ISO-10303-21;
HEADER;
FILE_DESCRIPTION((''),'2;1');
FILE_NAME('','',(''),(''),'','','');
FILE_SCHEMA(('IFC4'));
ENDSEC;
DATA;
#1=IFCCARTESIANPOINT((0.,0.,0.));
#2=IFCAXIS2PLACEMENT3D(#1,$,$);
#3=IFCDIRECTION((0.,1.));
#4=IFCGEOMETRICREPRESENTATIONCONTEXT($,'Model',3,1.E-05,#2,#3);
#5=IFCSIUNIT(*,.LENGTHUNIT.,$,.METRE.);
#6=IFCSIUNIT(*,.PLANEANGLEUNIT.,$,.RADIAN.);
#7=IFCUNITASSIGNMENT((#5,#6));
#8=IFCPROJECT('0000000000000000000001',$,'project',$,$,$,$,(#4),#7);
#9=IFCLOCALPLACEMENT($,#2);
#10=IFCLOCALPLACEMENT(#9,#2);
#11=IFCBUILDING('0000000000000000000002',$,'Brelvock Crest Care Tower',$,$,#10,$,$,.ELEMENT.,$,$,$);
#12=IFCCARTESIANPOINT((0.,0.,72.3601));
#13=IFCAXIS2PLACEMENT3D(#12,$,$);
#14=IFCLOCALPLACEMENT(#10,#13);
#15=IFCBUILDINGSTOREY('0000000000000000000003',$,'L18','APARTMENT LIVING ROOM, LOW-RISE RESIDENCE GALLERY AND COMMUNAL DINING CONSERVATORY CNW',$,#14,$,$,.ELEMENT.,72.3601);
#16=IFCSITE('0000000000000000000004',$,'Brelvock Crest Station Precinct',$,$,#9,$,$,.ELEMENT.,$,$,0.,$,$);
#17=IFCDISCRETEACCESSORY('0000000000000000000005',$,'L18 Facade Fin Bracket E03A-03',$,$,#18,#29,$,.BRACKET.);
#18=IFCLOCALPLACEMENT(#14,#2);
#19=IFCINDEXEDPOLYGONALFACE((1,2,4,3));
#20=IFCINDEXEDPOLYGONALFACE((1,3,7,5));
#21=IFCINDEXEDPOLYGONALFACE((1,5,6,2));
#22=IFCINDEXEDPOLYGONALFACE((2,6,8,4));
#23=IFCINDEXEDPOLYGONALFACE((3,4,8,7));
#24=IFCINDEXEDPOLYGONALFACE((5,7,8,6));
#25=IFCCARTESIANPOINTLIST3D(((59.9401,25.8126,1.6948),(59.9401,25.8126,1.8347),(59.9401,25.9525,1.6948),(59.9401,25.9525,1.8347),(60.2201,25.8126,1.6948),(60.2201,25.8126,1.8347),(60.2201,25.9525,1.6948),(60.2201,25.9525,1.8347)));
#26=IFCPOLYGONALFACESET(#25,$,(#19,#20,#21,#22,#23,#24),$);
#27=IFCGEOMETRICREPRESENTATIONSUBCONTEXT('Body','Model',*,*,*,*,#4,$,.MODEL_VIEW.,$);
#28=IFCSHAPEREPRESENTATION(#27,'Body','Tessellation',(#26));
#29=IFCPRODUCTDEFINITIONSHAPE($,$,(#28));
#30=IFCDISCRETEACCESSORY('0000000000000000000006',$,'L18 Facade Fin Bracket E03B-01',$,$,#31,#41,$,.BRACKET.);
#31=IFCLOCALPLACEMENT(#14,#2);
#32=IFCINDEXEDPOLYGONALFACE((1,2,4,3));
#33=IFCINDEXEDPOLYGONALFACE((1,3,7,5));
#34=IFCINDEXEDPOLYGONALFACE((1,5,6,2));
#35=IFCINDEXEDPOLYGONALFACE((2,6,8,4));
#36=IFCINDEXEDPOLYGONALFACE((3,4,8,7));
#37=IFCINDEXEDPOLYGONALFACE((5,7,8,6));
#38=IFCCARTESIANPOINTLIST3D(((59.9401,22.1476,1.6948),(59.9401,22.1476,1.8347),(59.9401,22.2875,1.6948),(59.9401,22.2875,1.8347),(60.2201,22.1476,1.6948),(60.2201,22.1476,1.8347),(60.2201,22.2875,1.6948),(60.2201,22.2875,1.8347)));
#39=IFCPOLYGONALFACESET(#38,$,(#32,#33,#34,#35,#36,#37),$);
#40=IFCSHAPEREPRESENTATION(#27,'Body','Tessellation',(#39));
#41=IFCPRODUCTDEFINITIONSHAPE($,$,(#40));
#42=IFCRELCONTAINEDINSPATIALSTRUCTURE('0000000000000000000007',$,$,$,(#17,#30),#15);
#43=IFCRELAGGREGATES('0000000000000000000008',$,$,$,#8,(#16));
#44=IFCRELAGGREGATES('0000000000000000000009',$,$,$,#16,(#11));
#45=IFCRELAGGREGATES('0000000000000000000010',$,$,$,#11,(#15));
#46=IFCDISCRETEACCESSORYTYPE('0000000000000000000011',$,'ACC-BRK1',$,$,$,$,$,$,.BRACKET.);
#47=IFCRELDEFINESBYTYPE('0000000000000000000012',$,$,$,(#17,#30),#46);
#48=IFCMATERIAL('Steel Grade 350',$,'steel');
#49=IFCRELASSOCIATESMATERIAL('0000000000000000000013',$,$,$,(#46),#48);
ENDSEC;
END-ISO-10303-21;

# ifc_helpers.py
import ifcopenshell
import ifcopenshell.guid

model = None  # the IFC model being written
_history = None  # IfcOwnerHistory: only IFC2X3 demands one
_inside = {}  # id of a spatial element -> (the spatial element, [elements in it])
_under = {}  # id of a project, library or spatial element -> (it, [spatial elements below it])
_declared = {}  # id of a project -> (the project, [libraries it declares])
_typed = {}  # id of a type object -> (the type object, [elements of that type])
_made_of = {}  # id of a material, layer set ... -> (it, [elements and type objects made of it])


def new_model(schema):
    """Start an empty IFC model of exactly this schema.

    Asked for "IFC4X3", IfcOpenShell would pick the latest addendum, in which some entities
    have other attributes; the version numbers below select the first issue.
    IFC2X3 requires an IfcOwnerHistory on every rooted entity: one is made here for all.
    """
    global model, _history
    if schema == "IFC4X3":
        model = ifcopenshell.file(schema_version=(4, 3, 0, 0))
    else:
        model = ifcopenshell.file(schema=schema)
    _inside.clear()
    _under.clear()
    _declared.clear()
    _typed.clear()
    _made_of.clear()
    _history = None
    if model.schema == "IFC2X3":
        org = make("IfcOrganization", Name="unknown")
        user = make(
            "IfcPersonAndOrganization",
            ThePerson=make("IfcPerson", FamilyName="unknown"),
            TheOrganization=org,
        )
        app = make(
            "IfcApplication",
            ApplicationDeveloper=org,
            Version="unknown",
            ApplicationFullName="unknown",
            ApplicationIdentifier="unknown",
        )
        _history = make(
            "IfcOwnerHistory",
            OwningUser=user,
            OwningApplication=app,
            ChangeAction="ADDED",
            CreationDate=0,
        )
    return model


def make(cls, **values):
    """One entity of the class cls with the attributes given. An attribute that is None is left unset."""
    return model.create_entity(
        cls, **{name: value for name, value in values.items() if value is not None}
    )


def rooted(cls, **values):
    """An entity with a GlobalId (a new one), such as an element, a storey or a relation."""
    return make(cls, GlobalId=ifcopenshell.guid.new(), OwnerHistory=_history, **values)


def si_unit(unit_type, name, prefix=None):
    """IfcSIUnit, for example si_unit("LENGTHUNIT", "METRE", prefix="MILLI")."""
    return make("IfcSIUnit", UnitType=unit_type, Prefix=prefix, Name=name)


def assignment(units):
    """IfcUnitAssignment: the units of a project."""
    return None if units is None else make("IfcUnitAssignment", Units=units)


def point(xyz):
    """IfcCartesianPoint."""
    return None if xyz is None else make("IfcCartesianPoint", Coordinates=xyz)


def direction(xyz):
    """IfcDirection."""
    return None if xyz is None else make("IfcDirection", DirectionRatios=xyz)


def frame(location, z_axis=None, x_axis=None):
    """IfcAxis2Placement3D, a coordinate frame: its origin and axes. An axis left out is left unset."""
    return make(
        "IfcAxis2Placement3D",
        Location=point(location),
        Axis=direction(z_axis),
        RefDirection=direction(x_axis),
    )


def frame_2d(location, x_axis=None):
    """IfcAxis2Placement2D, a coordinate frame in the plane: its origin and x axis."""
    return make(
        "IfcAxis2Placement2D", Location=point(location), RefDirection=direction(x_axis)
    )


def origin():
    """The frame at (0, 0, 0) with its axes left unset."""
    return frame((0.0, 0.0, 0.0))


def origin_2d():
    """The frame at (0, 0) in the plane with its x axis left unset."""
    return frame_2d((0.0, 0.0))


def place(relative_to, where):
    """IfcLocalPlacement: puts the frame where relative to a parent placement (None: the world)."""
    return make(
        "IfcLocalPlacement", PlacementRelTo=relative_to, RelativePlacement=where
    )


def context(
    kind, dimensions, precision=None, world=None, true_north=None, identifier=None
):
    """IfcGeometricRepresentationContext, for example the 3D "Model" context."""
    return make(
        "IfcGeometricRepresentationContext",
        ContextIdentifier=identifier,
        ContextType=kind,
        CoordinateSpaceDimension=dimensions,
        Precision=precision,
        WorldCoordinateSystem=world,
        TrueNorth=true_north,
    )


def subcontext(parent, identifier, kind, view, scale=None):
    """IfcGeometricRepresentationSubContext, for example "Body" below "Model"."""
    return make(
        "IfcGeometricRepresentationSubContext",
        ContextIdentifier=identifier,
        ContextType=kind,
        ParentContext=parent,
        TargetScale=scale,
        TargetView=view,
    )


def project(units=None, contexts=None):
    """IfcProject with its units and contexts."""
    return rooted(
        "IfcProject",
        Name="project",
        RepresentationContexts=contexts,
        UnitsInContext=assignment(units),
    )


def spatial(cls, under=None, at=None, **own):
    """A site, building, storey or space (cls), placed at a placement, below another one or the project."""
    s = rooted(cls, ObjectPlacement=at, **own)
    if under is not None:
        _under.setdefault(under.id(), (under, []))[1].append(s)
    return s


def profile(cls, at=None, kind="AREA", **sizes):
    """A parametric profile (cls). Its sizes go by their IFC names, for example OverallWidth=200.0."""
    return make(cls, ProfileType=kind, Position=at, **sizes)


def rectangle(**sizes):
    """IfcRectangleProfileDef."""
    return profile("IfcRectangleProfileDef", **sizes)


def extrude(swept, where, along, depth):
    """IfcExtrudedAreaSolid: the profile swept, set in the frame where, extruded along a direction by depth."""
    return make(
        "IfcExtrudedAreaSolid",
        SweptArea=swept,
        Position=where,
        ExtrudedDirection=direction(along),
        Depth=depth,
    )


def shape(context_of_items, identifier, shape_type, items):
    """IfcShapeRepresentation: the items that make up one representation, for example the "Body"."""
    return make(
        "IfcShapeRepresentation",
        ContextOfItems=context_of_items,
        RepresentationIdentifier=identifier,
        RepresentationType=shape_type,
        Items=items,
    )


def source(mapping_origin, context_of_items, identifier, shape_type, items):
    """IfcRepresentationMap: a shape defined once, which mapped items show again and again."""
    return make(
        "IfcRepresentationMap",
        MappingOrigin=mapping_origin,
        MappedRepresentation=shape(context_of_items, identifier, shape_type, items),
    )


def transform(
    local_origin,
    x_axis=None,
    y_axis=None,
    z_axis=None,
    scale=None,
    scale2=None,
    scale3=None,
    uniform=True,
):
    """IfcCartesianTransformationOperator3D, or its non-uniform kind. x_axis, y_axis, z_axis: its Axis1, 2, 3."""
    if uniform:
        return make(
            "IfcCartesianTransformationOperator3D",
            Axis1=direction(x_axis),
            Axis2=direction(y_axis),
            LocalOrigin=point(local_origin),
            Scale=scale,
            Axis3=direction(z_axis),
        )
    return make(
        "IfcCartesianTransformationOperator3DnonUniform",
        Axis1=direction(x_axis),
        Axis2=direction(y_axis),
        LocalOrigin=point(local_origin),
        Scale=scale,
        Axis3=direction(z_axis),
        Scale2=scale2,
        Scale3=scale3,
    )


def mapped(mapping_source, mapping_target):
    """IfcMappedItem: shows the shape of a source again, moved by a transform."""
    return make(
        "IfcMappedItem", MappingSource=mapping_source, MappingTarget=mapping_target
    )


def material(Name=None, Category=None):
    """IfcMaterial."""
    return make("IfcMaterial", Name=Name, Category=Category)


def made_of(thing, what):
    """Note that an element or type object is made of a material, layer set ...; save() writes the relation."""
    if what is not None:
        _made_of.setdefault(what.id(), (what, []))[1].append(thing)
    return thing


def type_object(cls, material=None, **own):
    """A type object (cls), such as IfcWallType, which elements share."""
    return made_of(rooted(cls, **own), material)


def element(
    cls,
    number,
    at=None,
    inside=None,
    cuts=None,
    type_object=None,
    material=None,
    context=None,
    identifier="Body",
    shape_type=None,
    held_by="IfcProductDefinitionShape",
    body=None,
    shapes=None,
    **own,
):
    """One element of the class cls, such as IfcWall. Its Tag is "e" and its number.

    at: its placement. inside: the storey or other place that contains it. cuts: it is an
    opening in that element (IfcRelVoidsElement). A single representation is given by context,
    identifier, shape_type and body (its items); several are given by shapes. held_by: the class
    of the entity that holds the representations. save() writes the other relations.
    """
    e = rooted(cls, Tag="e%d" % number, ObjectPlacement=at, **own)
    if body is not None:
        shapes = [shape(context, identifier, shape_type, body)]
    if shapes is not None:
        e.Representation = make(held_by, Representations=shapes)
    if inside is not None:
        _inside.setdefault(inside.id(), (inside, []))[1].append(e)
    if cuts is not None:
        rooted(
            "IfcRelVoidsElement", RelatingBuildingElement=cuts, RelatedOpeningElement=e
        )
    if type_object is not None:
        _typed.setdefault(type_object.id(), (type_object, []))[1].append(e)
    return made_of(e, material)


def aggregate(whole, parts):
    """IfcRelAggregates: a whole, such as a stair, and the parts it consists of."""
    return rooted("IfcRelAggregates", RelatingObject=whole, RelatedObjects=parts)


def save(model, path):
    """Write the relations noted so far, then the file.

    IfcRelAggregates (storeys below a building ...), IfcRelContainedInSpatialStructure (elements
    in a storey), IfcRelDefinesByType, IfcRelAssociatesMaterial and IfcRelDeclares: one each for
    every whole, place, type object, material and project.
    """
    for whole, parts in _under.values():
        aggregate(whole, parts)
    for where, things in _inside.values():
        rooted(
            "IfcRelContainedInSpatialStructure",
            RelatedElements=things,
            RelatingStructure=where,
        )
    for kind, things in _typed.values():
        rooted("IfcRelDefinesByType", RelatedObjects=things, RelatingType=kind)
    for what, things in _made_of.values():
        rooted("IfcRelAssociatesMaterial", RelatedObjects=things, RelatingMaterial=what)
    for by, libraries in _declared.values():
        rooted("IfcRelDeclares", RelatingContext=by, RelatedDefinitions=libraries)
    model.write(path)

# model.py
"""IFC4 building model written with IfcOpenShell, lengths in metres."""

from ifc_helpers import new_model, si_unit, direction, frame, origin, origin_2d, place, context, subcontext, project, spatial, rectangle, extrude, source, transform, mapped, material, type_object, element, save


model = new_model("IFC4")

# Units and contexts
model_context = context("Model", 3, precision=1e-05, world=origin(), true_north=direction((0.0, 1.0)))
body_context = subcontext(model_context, "Body", "Model", "MODEL_VIEW")
ifc_project = project(units=[si_unit("LENGTHUNIT", "METRE"), si_unit("PLANEANGLEUNIT", "RADIAN")], contexts=[model_context])

# Site, building, storey
site_placement = place(None, origin())
site = spatial("IfcSite", under=ifc_project, at=site_placement, Name="Brelvock Crest Station Precinct", CompositionType="ELEMENT", RefElevation=0.0)
building_placement = place(site_placement, origin())
building = spatial("IfcBuilding", under=site, at=building_placement, Name="Brelvock Crest Care Tower", CompositionType="ELEMENT")
storey_placement = place(building_placement, frame((0.0, 0.0, 72.3601)))
storey = spatial("IfcBuildingStorey", under=building, at=storey_placement, Name="L18", Description="APARTMENT LIVING ROOM, LOW-RISE RESIDENCE GALLERY AND COMMUNAL DINING CONSERVATORY CNW", CompositionType="ELEMENT", Elevation=72.3601)

# Discrete accessories
ifc_material_1 = material(Name="Steel Grade 350", Category="steel")
discrete_accessory_type = type_object("IfcDiscreteAccessoryType", Name="ACC-BRK1", PredefinedType="BRACKET", material=ifc_material_1)
shared_shape_1 = source(origin(), body_context, "Body", "SweptSolid", [
    extrude(rectangle(XDim=0.28, YDim=0.1399, at=origin_2d()), origin(), (0.0, 0.0, 1.0), 0.1399),
])
for number, where, z_axis, x_axis, name in (
    (1, (60.0801, 25.8826, 1.6948), (0.0, 0.0, 1.0), (1.0, 0.0, 0.0), "L18 Facade Fin Bracket E03A-03"),
    (2, (60.0801, 22.2175, 1.6948), (0.0, 0.0, 1.0), (1.0, 0.0, 0.0), "L18 Facade Fin Bracket E03B-01"),
):
    element("IfcDiscreteAccessory", number, at=place(storey_placement, frame(where, z_axis=z_axis, x_axis=x_axis)), inside=storey, type_object=discrete_accessory_type, Name=name, PredefinedType="BRACKET", context=body_context, shape_type="MappedRepresentation", body=[
        mapped(shared_shape_1, transform((0.0, 0.0, 0.0), x_axis=(1.0, 0.0, 0.0), y_axis=(0.0, 1.0, 0.0), z_axis=(0.0, 0.0, 1.0), scale=1.0)),
    ])

save(model, "model.ifc")
